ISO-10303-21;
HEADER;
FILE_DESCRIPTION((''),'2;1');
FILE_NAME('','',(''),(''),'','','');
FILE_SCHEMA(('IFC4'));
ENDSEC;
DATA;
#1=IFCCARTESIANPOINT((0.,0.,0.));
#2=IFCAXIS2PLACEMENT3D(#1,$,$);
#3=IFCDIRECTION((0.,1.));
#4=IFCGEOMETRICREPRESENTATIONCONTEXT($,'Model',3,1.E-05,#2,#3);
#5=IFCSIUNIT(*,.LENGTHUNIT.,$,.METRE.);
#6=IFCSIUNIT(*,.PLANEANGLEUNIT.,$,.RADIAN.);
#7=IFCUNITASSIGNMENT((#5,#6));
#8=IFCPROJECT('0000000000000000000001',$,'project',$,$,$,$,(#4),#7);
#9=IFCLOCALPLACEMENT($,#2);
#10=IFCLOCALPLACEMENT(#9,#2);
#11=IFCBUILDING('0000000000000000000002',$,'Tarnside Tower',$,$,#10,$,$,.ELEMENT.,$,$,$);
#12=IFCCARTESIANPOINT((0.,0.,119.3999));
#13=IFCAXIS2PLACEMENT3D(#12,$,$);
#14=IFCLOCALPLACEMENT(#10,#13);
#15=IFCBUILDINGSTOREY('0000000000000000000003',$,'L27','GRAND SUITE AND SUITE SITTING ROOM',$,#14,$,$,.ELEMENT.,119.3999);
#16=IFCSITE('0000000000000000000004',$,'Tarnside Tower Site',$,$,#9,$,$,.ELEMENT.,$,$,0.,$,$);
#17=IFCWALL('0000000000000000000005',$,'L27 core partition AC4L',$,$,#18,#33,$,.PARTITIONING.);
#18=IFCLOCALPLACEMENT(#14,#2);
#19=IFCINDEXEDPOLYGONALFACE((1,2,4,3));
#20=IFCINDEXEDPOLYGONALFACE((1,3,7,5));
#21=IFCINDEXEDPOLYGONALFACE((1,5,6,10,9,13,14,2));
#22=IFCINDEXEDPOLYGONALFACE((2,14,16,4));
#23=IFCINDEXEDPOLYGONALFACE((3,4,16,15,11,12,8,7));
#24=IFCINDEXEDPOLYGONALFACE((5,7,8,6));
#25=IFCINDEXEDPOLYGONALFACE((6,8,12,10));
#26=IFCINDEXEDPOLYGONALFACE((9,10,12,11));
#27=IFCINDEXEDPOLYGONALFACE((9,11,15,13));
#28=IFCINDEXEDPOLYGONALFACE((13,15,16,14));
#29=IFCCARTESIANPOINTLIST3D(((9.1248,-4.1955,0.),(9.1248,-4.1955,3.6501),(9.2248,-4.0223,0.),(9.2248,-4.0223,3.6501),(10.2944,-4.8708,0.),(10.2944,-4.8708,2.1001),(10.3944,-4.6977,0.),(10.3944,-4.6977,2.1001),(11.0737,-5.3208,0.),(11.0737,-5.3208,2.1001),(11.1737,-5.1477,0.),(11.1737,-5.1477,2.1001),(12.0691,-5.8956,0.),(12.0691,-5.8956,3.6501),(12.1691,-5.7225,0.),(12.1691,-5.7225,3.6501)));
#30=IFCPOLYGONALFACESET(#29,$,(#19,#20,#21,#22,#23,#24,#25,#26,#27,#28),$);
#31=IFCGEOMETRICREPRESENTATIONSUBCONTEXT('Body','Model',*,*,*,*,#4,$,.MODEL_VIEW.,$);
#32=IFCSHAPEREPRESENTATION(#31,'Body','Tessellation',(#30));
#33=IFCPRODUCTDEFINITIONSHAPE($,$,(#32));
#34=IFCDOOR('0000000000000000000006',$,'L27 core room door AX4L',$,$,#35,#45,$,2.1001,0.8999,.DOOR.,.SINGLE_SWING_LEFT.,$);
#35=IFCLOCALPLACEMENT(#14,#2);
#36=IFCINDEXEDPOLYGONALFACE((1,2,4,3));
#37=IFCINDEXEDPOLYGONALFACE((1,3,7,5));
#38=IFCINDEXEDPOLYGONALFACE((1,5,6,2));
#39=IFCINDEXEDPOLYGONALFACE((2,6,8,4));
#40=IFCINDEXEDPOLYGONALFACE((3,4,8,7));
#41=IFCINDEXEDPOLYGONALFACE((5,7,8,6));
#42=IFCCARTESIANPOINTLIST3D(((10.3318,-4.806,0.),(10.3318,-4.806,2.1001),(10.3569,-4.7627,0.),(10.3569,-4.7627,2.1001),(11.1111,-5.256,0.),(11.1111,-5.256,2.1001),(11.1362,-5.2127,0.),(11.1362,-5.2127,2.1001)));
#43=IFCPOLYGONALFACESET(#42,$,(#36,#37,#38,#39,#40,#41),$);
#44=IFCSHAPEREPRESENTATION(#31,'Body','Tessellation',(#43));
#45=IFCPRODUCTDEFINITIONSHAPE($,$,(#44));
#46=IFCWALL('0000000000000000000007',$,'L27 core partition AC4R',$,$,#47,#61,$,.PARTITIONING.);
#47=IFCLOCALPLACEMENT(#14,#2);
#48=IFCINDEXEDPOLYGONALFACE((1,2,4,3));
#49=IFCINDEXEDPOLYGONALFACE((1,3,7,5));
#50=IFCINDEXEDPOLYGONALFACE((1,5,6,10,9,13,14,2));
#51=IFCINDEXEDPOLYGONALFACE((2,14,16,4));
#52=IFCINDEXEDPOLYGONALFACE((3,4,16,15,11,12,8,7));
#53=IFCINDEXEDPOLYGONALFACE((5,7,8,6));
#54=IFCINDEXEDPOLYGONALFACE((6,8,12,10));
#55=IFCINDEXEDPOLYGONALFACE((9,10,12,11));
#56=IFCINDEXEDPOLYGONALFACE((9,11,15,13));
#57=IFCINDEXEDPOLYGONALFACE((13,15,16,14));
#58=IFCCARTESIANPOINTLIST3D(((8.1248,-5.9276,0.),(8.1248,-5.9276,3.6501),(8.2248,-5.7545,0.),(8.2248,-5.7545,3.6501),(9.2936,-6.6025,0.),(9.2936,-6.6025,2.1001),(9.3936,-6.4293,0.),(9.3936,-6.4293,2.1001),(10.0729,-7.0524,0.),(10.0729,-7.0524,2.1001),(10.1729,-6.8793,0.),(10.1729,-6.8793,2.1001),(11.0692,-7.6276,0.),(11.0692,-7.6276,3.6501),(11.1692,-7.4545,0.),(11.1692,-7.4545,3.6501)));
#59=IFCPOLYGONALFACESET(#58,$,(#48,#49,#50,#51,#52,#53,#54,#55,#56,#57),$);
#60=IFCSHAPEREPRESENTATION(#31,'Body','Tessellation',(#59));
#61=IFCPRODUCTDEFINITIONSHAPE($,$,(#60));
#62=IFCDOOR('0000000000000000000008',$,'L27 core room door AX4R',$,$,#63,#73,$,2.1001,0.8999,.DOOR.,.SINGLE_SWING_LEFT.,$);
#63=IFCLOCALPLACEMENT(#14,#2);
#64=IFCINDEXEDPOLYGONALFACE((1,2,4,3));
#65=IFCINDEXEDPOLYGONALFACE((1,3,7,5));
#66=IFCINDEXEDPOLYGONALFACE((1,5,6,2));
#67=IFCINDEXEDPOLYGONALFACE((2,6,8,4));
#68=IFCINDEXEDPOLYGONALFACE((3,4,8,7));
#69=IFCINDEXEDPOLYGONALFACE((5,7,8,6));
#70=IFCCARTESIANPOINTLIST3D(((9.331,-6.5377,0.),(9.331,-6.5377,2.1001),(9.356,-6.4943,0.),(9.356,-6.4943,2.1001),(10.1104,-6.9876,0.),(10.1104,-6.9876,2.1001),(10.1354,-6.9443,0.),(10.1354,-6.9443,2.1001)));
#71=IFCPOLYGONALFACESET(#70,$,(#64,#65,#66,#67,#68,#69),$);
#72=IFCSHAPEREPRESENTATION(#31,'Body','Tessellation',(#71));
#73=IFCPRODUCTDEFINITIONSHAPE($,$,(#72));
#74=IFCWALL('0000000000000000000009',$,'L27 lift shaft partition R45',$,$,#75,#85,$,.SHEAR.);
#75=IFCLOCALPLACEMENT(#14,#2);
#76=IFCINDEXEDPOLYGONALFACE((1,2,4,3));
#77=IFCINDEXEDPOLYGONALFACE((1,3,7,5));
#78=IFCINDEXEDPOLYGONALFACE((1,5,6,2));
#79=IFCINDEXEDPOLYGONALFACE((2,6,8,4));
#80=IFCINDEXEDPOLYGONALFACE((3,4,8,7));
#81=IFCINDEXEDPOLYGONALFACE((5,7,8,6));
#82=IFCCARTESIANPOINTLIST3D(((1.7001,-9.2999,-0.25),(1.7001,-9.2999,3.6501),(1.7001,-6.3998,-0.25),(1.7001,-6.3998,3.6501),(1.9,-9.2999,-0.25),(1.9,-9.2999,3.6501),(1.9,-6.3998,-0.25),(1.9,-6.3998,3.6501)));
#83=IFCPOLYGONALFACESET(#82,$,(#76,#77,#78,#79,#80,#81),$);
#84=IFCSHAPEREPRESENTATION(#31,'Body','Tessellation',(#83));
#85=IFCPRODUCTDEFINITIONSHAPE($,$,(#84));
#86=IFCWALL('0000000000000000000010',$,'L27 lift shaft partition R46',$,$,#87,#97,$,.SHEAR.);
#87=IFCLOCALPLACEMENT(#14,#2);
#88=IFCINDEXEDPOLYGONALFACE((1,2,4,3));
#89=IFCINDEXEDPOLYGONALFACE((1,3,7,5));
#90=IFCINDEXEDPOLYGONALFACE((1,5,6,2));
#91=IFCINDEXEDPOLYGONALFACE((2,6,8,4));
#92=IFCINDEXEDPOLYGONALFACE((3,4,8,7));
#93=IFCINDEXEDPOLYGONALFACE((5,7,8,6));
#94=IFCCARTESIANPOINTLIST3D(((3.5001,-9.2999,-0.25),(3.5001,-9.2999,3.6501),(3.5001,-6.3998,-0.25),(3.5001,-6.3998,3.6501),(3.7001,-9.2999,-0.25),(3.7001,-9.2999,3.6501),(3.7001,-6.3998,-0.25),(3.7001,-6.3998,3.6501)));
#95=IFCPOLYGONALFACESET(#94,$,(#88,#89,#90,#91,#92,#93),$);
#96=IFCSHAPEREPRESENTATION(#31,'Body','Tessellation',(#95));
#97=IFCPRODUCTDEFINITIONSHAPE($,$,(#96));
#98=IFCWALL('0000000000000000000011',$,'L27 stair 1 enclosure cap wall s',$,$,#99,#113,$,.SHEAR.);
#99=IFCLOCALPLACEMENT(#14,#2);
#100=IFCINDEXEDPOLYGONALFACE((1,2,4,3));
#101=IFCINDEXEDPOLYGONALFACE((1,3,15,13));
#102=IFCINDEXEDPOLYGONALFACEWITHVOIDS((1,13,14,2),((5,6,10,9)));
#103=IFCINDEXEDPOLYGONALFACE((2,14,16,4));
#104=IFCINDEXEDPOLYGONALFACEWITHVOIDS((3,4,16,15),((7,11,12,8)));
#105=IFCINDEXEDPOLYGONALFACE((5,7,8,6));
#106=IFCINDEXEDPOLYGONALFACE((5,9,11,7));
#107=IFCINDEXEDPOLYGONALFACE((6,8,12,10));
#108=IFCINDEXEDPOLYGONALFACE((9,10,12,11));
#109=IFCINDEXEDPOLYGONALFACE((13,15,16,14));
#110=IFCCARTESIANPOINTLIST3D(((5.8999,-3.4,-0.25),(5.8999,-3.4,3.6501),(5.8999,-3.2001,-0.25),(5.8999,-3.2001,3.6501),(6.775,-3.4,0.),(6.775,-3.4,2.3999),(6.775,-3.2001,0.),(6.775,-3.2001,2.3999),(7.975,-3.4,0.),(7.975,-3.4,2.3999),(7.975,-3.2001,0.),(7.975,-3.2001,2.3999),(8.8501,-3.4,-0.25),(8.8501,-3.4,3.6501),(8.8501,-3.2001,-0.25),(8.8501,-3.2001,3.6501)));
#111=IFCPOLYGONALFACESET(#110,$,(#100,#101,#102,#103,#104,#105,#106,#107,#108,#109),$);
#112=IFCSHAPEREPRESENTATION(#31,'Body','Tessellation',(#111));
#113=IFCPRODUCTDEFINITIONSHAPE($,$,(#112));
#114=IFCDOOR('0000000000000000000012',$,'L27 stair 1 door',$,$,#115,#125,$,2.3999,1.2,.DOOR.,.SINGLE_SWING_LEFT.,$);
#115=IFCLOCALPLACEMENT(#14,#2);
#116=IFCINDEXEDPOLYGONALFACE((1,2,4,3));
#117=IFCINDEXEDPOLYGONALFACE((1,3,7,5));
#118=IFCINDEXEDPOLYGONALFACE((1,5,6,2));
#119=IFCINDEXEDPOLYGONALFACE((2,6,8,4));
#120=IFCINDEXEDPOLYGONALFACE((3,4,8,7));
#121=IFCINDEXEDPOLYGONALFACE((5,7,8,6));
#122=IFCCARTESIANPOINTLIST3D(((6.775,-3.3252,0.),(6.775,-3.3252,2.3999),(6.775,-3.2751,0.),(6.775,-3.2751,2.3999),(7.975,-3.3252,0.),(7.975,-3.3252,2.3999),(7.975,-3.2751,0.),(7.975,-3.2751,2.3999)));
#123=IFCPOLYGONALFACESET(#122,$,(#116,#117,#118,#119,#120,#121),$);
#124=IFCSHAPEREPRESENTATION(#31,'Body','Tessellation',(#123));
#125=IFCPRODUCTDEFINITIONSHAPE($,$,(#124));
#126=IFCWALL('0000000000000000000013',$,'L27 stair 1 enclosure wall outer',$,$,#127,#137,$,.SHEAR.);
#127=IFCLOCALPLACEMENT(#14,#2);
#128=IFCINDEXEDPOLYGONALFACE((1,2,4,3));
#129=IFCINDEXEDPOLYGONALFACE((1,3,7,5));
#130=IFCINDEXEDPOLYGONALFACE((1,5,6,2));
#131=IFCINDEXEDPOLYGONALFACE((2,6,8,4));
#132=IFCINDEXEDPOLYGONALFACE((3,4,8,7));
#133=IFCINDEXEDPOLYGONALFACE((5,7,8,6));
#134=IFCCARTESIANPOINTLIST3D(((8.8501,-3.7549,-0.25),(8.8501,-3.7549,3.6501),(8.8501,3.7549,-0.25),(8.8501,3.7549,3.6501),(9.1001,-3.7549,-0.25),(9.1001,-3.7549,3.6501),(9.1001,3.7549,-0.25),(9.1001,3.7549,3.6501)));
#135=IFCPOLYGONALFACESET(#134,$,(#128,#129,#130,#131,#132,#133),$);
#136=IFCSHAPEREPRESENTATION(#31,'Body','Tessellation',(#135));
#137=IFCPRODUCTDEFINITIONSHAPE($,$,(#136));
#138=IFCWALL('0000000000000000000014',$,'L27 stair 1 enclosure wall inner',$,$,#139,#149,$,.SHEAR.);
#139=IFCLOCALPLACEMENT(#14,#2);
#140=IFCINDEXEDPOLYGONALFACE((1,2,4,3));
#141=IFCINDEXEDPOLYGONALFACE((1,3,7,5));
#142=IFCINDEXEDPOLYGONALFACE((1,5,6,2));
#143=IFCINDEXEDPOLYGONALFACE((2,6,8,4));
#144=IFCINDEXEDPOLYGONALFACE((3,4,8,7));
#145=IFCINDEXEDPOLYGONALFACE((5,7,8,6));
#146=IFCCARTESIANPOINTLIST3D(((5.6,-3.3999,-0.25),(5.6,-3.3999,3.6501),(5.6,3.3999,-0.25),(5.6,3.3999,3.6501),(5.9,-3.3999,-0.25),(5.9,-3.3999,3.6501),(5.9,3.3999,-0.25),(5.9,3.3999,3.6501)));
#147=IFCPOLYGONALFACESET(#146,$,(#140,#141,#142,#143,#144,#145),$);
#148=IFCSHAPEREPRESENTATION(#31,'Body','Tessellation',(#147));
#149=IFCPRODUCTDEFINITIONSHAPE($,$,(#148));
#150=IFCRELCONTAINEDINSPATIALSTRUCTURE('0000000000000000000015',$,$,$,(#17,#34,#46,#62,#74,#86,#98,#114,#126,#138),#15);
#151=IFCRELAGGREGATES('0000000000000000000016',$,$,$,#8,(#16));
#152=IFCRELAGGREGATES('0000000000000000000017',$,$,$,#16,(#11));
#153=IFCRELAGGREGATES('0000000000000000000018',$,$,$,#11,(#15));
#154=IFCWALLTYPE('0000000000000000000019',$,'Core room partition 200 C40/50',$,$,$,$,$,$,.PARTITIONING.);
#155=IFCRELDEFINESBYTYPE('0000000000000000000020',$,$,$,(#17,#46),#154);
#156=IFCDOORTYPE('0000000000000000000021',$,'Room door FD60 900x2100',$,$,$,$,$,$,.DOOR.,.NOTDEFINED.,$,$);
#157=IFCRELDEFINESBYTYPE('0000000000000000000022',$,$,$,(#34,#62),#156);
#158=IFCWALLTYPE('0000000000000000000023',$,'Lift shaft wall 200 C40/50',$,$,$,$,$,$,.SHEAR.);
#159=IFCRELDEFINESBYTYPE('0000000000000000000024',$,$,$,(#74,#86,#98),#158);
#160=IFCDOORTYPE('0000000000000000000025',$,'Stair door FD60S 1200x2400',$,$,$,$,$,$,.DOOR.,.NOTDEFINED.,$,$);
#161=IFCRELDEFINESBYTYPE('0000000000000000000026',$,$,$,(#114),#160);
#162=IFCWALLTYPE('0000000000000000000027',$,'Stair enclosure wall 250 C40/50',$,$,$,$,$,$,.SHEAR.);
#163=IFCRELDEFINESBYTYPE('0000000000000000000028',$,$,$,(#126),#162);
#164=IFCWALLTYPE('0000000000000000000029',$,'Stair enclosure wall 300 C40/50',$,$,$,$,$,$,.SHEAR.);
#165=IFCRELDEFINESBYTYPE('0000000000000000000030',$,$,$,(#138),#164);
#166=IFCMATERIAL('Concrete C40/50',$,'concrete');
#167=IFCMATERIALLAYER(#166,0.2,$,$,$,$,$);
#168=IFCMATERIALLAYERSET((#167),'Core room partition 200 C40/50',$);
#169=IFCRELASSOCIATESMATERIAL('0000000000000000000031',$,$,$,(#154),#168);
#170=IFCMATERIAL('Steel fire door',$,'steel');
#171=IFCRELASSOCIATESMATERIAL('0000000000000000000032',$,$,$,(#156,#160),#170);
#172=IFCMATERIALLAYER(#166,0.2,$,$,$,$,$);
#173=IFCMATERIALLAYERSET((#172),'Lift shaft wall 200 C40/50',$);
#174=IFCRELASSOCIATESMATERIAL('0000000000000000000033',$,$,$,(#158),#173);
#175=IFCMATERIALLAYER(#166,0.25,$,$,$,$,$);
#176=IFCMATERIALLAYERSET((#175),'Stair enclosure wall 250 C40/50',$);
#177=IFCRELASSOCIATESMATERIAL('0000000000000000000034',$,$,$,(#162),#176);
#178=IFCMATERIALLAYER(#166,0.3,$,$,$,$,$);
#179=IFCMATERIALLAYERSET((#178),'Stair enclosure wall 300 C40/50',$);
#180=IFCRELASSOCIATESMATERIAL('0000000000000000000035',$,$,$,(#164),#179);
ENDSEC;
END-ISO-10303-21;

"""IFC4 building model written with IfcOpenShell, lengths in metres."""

from ifc_helpers import new_model, si_unit, direction, frame, frame_2d, origin, place, context, subcontext, project, spatial, rectangle, extrude, material, layer, layer_set, type_object, element, fill, save


model = new_model("IFC4")

# Units and contexts
model_context = context("Model", 3, precision=1e-05, world=origin(), true_north=direction((0.0, 1.0)))
body_context = subcontext(model_context, "Body", "Model", "MODEL_VIEW")
ifc_project = project(units=[si_unit("LENGTHUNIT", "METRE"), si_unit("PLANEANGLEUNIT", "RADIAN")], contexts=[model_context])

# Site, building, storey
site_placement = place(None, origin())
site = spatial("IfcSite", under=ifc_project, at=site_placement, Name="Tarnside Tower Site", CompositionType="ELEMENT", RefElevation=0.0)
building_placement = place(site_placement, origin())
building = spatial("IfcBuilding", under=site, at=building_placement, Name="Tarnside Tower", CompositionType="ELEMENT")
storey_placement = place(building_placement, frame((0.0, 0.0, 119.3999)))
storey = spatial("IfcBuildingStorey", under=building, at=storey_placement, Name="L27", Description="GRAND SUITE AND SUITE SITTING ROOM", CompositionType="ELEMENT", Elevation=119.3999)

# Shared definitions
ifc_material_1 = material(Name="Concrete C40/50", Category="concrete")

# Walls, openings, doors
ifc_layer_1 = layer(ifc_material_1, 0.2)
ifc_layer_set_1 = layer_set([ifc_layer_1], Name="Core room partition 200 C40/50")
wall_type_1 = type_object("IfcWallType", Name="Core room partition 200 C40/50", PredefinedType="PARTITIONING", material=ifc_layer_set_1)
ifc_material_2 = material(Name="Steel fire door", Category="steel")
door_type_1 = type_object("IfcDoorType", Name="Room door FD60 900x2100", OperationType="NOTDEFINED", PredefinedType="DOOR", material=ifc_material_2)
wall_1_placement = place(storey_placement, frame((9.1748, -4.1089, 0.0), z_axis=(0.0, 0.0, 1.0), x_axis=(0.865989, -0.500062, 0.0)))
wall_1 = element("IfcWall", 1, at=wall_1_placement, inside=storey, type_object=wall_type_1, Name="L27 core partition AC4L", PredefinedType="PARTITIONING", context=body_context, shape_type="SweptSolid", body=[
    extrude(rectangle(XDim=3.3999, YDim=0.2, at=frame_2d((1.7, 0.0))), origin(), (0.0, 0.0, 1.0), 3.6501),
])
opening_1_placement = place(wall_1_placement, frame((1.3506, 0.0, 0.0)))
opening_1 = element("IfcOpeningElement", 2, at=opening_1_placement, cuts=wall_1, PredefinedType="OPENING", context=body_context, shape_type="SweptSolid", body=[
    extrude(rectangle(XDim=0.8999, YDim=2.1001, at=frame_2d((0.45, 1.05))), frame((0.0, 0.1099, 0.0), z_axis=(0.0, -1.0, 0.0), x_axis=(1.0, 0.0, 0.0)), (0.0, 0.0, 1.0), 0.22),
])
door_1_placement = place(opening_1_placement, origin())
door_1 = element("IfcDoor", 3, at=door_1_placement, inside=storey, type_object=door_type_1, Name="L27 core room door AX4L", OperationType="SINGLE_SWING_LEFT", OverallHeight=2.1001, OverallWidth=0.8999, PredefinedType="DOOR", context=body_context, shape_type="SweptSolid", body=[
    extrude(rectangle(XDim=0.8999, YDim=2.1001, at=frame_2d((0.45, 1.05))), frame((0.0, 0.0249, 0.0), z_axis=(0.0, -1.0, 0.0), x_axis=(1.0, 0.0, 0.0)), (0.0, 0.0, 1.0), 0.05),
])
fill(opening_1, door_1)
wall_2_placement = place(storey_placement, frame((8.1748, -5.8411, 0.0), z_axis=(0.0, 0.0, 1.0), x_axis=(0.866021, -0.500008, 0.0)))
wall_2 = element("IfcWall", 4, at=wall_2_placement, inside=storey, type_object=wall_type_1, Name="L27 core partition AC4R", PredefinedType="PARTITIONING", context=body_context, shape_type="SweptSolid", body=[
    extrude(rectangle(XDim=3.3999, YDim=0.2, at=frame_2d((1.7, 0.0))), origin(), (0.0, 0.0, 1.0), 3.6501),
])
opening_2_placement = place(wall_2_placement, frame((1.3496, 0.0, 0.0)))
opening_2 = element("IfcOpeningElement", 5, at=opening_2_placement, cuts=wall_2, PredefinedType="OPENING", context=body_context, shape_type="SweptSolid", body=[
    extrude(rectangle(XDim=0.8999, YDim=2.1001, at=frame_2d((0.45, 1.05))), frame((0.0, 0.1099, 0.0), z_axis=(0.0, -1.0, 0.0), x_axis=(1.0, 0.0, 0.0)), (0.0, 0.0, 1.0), 0.22),
])
door_2_placement = place(opening_2_placement, origin())
door_2 = element("IfcDoor", 6, at=door_2_placement, inside=storey, type_object=door_type_1, Name="L27 core room door AX4R", OperationType="SINGLE_SWING_LEFT", OverallHeight=2.1001, OverallWidth=0.8999, PredefinedType="DOOR", context=body_context, shape_type="SweptSolid", body=[
    extrude(rectangle(XDim=0.8999, YDim=2.1001, at=frame_2d((0.45, 1.05))), frame((0.0, 0.0249, 0.0), z_axis=(0.0, -1.0, 0.0), x_axis=(1.0, 0.0, 0.0)), (0.0, 0.0, 1.0), 0.05),
])
fill(opening_2, door_2)

# Walls
ifc_layer_2 = layer(ifc_material_1, 0.2)
ifc_layer_set_2 = layer_set([ifc_layer_2], Name="Lift shaft wall 200 C40/50")
wall_type_2 = type_object("IfcWallType", Name="Lift shaft wall 200 C40/50", PredefinedType="SHEAR", material=ifc_layer_set_2)
for number, where, z_axis, x_axis, name in (
    (7, (1.8, -9.3, -0.25), (0.0, 0.0, 1.0), (0.0, 1.0, 0.0), "L27 lift shaft partition R45"),
    (8, (3.6001, -9.3, -0.25), (0.0, 0.0, 1.0), (0.0, 1.0, 0.0), "L27 lift shaft partition R46"),
):
    element("IfcWall", number, at=place(storey_placement, frame(where, z_axis=z_axis, x_axis=x_axis)), inside=storey, type_object=wall_type_2, Name=name, PredefinedType="SHEAR", context=body_context, shape_type="SweptSolid", body=[
        extrude(rectangle(XDim=2.9001, YDim=0.2, at=frame_2d((1.4502, 0.0))), origin(), (0.0, 0.0, 1.0), 3.9001),
    ])

# Wall, opening, door
wall_3_placement = place(storey_placement, frame((5.8999, -3.3, -0.25), z_axis=(0.0, 0.0, 1.0), x_axis=(1.0, 0.0, 0.0)))
wall_3 = element("IfcWall", 9, at=wall_3_placement, inside=storey, type_object=wall_type_2, Name="L27 stair 1 enclosure cap wall s", PredefinedType="SHEAR", context=body_context, shape_type="SweptSolid", body=[
    extrude(rectangle(XDim=2.9502, YDim=0.2, at=frame_2d((1.4751, 0.0))), origin(), (0.0, 0.0, 1.0), 3.9001),
])
opening_3_placement = place(wall_3_placement, frame((0.875, 0.0, 0.25)))
opening_3 = element("IfcOpeningElement", 10, at=opening_3_placement, cuts=wall_3, PredefinedType="OPENING", context=body_context, shape_type="SweptSolid", body=[
    extrude(rectangle(XDim=1.2, YDim=2.3999, at=frame_2d((0.6001, 1.2))), frame((0.0, 0.1099, 0.0), z_axis=(0.0, -1.0, 0.0), x_axis=(1.0, 0.0, 0.0)), (0.0, 0.0, 1.0), 0.22),
])
door_type_2 = type_object("IfcDoorType", Name="Stair door FD60S 1200x2400", OperationType="NOTDEFINED", PredefinedType="DOOR", material=ifc_material_2)
door_3_placement = place(opening_3_placement, origin())
door_3 = element("IfcDoor", 11, at=door_3_placement, inside=storey, type_object=door_type_2, Name="L27 stair 1 door", OperationType="SINGLE_SWING_LEFT", OverallHeight=2.3999, OverallWidth=1.2, PredefinedType="DOOR", context=body_context, shape_type="SweptSolid", body=[
    extrude(rectangle(XDim=1.2, YDim=2.3999, at=frame_2d((0.6001, 1.2))), frame((0.0, 0.0249, 0.0), z_axis=(0.0, -1.0, 0.0), x_axis=(1.0, 0.0, 0.0)), (0.0, 0.0, 1.0), 0.05),
])
fill(opening_3, door_3)

# Walls
ifc_layer_3 = layer(ifc_material_1, 0.25)
ifc_layer_set_3 = layer_set([ifc_layer_3], Name="Stair enclosure wall 250 C40/50")
wall_type_3 = type_object("IfcWallType", Name="Stair enclosure wall 250 C40/50", PredefinedType="SHEAR", material=ifc_layer_set_3)
wall_4_placement = place(storey_placement, frame((8.9751, -3.7549, -0.25), z_axis=(0.0, 0.0, 1.0), x_axis=(0.0, 1.0, 0.0)))
element("IfcWall", 12, at=wall_4_placement, inside=storey, type_object=wall_type_3, Name="L27 stair 1 enclosure wall outer", PredefinedType="SHEAR", context=body_context, shape_type="SweptSolid", body=[
    extrude(rectangle(XDim=7.5098, YDim=0.25, at=frame_2d((3.7549, 0.0))), origin(), (0.0, 0.0, 1.0), 3.9001),
])
ifc_layer_4 = layer(ifc_material_1, 0.3)
ifc_layer_set_4 = layer_set([ifc_layer_4], Name="Stair enclosure wall 300 C40/50")
wall_type_4 = type_object("IfcWallType", Name="Stair enclosure wall 300 C40/50", PredefinedType="SHEAR", material=ifc_layer_set_4)
wall_5_placement = place(storey_placement, frame((5.75, -3.3999, -0.25), z_axis=(0.0, 0.0, 1.0), x_axis=(0.0, 1.0, 0.0)))
element("IfcWall", 13, at=wall_5_placement, inside=storey, type_object=wall_type_4, Name="L27 stair 1 enclosure wall inner", PredefinedType="SHEAR", context=body_context, shape_type="SweptSolid", body=[
    extrude(rectangle(XDim=6.7998, YDim=0.3, at=frame_2d((3.3999, 0.0))), origin(), (0.0, 0.0, 1.0), 3.9001),
])

save(model, "model.ifc")
